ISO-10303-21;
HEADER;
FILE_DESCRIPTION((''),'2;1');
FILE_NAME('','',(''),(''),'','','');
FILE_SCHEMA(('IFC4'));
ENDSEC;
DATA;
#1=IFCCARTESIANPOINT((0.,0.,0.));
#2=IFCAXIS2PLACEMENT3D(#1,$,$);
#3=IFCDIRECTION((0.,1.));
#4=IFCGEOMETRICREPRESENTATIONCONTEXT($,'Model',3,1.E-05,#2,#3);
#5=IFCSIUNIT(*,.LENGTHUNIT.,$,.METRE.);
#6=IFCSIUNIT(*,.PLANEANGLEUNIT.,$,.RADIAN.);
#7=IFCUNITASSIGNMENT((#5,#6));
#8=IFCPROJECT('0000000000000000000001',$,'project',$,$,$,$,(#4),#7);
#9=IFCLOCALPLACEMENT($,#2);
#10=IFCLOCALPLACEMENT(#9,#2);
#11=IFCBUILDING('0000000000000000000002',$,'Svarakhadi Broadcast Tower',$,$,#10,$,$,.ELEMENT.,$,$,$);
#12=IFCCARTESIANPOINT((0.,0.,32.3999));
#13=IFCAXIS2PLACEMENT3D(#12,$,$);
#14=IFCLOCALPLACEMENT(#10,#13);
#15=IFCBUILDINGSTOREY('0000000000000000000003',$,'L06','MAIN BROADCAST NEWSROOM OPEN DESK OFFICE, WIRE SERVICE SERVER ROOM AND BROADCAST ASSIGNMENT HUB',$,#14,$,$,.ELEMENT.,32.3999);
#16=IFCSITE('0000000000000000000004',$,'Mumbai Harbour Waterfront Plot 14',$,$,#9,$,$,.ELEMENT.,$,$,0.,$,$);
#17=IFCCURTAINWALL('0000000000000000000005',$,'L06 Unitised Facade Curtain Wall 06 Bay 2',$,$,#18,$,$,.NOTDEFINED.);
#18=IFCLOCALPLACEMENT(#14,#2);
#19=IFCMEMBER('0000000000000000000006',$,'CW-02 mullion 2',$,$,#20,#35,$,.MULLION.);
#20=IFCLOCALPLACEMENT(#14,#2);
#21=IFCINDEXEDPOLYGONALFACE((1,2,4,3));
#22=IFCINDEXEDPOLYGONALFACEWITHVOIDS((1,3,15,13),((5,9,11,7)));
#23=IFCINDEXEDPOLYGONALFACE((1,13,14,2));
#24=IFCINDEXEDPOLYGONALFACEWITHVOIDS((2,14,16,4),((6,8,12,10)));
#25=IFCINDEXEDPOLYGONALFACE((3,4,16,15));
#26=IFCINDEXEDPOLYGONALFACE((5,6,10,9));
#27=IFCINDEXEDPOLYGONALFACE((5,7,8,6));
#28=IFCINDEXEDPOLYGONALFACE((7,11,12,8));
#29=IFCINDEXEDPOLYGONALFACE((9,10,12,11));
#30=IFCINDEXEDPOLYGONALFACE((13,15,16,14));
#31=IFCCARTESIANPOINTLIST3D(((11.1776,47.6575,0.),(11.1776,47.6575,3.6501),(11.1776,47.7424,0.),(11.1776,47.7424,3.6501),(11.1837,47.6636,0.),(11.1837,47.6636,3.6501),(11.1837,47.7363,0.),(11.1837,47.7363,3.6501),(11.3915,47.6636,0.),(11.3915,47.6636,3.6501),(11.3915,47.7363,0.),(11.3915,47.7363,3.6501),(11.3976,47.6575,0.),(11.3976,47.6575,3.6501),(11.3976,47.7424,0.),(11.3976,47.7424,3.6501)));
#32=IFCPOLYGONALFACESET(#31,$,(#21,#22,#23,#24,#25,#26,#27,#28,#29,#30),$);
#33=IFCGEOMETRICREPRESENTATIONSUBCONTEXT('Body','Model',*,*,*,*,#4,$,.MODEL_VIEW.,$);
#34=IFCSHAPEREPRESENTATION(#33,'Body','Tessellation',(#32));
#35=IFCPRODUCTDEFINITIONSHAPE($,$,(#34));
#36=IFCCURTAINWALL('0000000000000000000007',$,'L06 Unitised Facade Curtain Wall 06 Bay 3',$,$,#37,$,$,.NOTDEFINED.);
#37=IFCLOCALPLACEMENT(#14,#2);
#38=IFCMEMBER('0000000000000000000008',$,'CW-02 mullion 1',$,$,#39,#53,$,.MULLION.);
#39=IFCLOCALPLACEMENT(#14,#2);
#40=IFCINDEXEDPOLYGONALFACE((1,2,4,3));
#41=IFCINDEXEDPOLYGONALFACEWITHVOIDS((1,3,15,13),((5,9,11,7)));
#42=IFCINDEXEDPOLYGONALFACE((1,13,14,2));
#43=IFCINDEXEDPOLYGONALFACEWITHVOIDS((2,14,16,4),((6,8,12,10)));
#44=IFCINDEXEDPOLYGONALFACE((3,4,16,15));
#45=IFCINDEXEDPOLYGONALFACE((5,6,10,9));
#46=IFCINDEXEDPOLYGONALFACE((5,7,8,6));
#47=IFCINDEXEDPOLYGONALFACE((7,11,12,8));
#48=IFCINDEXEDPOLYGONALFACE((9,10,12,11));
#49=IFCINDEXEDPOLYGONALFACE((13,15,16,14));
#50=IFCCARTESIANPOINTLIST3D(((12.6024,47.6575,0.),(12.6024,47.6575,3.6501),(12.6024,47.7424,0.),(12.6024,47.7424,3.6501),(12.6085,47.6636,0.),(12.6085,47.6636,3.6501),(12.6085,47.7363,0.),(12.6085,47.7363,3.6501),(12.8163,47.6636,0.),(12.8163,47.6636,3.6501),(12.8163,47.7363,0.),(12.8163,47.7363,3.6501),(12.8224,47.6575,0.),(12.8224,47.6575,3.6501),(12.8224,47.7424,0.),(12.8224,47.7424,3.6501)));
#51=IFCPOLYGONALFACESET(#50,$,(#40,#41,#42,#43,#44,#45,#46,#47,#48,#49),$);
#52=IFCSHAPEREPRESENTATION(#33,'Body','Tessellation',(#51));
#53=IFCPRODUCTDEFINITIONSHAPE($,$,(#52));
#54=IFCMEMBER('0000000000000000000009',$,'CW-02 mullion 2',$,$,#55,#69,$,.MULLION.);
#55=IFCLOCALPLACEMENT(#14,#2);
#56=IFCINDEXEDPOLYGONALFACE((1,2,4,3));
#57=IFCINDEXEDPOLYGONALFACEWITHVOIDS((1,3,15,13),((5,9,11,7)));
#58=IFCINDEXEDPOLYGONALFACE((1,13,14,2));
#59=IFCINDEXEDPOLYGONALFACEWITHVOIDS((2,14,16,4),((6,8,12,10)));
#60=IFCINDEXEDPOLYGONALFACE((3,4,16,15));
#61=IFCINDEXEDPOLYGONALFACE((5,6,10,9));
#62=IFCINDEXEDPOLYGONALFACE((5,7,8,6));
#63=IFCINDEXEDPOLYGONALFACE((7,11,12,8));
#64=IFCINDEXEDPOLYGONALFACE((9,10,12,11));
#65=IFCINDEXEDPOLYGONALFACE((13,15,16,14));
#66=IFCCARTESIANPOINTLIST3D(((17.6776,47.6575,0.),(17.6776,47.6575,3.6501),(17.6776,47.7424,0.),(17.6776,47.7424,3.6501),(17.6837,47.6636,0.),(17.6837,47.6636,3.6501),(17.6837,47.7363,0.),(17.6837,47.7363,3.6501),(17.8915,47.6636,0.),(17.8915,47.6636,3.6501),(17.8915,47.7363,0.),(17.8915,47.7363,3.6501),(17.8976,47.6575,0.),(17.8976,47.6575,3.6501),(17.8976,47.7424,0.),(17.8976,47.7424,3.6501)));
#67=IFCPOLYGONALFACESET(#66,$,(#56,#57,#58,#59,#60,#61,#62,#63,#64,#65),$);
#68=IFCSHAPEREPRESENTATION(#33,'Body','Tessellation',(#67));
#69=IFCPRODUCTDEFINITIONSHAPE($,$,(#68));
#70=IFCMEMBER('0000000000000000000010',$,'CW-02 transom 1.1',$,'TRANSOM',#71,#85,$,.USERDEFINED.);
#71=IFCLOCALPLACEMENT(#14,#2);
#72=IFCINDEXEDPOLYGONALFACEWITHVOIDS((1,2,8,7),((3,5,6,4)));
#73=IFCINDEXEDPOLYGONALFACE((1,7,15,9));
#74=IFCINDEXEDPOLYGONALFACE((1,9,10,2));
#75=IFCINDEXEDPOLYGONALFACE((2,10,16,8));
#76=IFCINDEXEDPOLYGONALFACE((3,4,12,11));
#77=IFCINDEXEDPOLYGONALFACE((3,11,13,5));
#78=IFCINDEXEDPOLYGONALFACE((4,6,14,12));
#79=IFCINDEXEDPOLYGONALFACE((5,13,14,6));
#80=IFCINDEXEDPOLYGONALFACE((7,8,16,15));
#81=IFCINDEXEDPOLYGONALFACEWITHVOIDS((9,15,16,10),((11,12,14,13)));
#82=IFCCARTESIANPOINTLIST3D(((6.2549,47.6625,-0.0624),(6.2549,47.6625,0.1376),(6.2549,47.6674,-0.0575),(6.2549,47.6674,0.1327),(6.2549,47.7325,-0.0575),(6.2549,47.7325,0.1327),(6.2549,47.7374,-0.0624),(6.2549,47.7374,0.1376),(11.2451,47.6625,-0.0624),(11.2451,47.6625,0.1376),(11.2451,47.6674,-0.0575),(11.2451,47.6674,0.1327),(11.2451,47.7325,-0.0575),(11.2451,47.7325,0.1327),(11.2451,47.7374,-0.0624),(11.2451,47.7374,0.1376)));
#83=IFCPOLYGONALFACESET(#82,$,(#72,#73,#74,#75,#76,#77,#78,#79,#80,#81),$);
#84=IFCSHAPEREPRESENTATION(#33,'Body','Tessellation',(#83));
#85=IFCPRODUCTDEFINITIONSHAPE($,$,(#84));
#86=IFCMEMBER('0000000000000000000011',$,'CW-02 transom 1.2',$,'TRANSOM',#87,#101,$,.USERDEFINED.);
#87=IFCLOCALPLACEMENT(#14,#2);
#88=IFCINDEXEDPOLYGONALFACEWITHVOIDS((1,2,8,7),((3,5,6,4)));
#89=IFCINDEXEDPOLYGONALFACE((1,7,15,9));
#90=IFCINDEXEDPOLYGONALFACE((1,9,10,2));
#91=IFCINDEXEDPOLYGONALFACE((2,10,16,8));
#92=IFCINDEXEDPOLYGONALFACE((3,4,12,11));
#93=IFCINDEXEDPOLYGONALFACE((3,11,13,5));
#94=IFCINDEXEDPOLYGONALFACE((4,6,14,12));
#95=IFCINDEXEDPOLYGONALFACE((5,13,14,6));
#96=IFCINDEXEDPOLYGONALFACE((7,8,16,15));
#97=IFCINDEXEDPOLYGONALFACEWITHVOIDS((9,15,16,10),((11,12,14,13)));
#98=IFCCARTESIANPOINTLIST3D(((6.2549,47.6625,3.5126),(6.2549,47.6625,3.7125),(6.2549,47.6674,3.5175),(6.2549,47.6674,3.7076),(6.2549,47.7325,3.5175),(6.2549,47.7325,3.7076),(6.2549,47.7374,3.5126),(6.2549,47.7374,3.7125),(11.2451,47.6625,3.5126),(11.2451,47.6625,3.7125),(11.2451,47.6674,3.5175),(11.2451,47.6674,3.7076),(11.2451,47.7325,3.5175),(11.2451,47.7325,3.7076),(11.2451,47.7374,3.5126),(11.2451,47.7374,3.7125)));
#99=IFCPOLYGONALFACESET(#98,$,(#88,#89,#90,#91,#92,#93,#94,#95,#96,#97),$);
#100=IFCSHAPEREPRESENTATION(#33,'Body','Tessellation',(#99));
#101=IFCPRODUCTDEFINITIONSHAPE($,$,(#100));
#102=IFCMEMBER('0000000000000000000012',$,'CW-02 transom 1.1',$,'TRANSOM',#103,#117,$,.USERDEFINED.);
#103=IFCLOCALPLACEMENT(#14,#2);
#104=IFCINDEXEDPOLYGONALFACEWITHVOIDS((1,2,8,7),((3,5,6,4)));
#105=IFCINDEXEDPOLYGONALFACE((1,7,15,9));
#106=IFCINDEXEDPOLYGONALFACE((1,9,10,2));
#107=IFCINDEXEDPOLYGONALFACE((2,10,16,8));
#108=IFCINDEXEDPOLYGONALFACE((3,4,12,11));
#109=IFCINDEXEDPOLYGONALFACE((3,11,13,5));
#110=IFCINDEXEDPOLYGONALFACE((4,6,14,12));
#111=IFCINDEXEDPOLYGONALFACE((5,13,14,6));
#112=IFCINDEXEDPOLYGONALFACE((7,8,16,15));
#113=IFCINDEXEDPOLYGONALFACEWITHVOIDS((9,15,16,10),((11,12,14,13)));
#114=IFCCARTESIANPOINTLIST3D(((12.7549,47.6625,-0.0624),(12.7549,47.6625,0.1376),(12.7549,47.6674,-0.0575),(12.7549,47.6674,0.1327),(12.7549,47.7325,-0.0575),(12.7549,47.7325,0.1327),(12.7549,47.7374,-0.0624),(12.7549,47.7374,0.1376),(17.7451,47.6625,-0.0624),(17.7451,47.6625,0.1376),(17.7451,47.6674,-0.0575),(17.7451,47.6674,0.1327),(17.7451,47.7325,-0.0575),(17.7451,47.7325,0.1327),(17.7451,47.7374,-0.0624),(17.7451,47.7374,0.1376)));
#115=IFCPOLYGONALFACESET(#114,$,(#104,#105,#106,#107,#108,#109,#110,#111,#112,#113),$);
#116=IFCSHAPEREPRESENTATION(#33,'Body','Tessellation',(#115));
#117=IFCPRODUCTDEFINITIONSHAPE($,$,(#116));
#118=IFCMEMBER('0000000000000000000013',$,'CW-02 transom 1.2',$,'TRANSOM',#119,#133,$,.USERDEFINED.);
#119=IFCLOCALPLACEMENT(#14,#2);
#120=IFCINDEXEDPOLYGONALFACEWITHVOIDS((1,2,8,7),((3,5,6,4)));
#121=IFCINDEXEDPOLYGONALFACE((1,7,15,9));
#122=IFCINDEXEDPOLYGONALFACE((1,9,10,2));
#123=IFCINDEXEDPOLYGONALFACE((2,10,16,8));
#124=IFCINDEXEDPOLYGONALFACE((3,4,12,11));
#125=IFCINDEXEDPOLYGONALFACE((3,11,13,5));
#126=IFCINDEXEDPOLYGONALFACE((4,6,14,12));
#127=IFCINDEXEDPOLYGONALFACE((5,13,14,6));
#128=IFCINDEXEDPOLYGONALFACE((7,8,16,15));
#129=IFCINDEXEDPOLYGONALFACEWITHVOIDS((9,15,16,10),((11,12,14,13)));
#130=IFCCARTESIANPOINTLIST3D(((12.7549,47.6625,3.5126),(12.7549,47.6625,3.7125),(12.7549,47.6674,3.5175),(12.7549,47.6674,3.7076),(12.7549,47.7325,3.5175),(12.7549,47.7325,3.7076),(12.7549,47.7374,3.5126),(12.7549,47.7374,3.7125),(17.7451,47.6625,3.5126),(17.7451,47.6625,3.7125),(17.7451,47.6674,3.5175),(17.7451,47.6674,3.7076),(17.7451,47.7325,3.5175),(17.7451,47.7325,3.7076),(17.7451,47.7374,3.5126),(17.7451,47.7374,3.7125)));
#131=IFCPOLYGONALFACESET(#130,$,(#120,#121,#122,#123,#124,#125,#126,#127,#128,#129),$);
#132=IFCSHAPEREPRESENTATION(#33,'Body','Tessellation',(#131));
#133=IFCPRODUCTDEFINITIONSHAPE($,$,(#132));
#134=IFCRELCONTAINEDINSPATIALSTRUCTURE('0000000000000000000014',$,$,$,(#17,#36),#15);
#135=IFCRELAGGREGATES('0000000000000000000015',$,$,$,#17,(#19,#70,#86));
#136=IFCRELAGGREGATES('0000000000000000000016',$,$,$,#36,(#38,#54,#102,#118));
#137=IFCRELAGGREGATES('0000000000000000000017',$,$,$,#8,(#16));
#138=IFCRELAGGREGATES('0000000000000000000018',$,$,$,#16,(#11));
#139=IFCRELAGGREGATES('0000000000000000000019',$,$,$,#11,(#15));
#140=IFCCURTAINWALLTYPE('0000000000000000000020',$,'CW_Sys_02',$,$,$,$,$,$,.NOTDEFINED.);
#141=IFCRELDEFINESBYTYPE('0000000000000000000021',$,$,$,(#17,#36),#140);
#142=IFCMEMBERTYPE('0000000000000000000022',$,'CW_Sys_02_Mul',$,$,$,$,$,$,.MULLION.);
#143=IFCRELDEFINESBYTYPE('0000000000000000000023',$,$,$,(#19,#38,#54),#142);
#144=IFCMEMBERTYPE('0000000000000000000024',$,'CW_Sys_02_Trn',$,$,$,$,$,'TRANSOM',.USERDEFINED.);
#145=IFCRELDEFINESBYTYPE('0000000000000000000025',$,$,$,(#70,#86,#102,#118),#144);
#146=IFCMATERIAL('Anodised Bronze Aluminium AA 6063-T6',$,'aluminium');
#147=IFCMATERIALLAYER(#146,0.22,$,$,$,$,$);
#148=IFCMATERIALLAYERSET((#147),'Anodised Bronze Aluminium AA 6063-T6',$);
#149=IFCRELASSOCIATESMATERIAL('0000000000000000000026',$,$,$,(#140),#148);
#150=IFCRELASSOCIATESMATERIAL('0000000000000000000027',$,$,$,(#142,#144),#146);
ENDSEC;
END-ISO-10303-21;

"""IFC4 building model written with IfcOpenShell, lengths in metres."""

from ifc_helpers import new_model, si_unit, direction, frame, origin, origin_2d, place, context, subcontext, project, spatial, hollow_rectangle, extrude, material, layer, layer_set, material_profile, profile_set, type_object, element, aggregate, save


model = new_model("IFC4")

# Units and contexts
model_context = context("Model", 3, precision=1e-05, world=origin(), true_north=direction((0.0, 1.0)))
body_context = subcontext(model_context, "Body", "Model", "MODEL_VIEW")
ifc_project = project(units=[si_unit("LENGTHUNIT", "METRE"), si_unit("PLANEANGLEUNIT", "RADIAN")], contexts=[model_context])

# Site, building, storey
site_placement = place(None, origin())
site = spatial("IfcSite", under=ifc_project, at=site_placement, Name="Mumbai Harbour Waterfront Plot 14", CompositionType="ELEMENT", RefElevation=0.0)
building_placement = place(site_placement, origin())
building = spatial("IfcBuilding", under=site, at=building_placement, Name="Svarakhadi Broadcast Tower", CompositionType="ELEMENT")
storey_placement = place(building_placement, frame((0.0, 0.0, 32.3999)))
storey = spatial("IfcBuildingStorey", under=building, at=storey_placement, Name="L06", Description="MAIN BROADCAST NEWSROOM OPEN DESK OFFICE, WIRE SERVICE SERVER ROOM AND BROADCAST ASSIGNMENT HUB", CompositionType="ELEMENT", Elevation=32.3999)

# Curtain walls, members
ifc_material_1 = material(Name="Anodised Bronze Aluminium AA 6063-T6", Category="aluminium")
ifc_layer_1 = layer(ifc_material_1, 0.22)
ifc_layer_set_1 = layer_set([ifc_layer_1], Name="Anodised Bronze Aluminium AA 6063-T6")
curtain_wall_type = type_object("IfcCurtainWallType", Name="CW_Sys_02", PredefinedType="NOTDEFINED", material=ifc_layer_set_1)
curtain_wall_1_placement = place(storey_placement, origin())
curtain_wall_1 = element("IfcCurtainWall", 1, at=curtain_wall_1_placement, inside=storey, type_object=curtain_wall_type, Name="L06 Unitised Facade Curtain Wall 06 Bay 2", PredefinedType="NOTDEFINED")
ifc_material_profile_1 = material_profile(ifc_material_1, hollow_rectangle(XDim=0.085, YDim=0.22, WallThickness=0.0061, at=origin_2d()), Name="ALU MULLION 220x85x6")
ifc_profile_set_1 = profile_set([ifc_material_profile_1], Name="Anodised Bronze Aluminium AA 6063-T6")
member_type_1 = type_object("IfcMemberType", Name="CW_Sys_02_Mul", PredefinedType="MULLION", material=ifc_profile_set_1)
member_1_placement = place(storey_placement, frame((11.2876, 47.7, 0.0), z_axis=(0.0, 0.0, 1.0), x_axis=(0.0, 1.0, 0.0)))
member_1 = element("IfcMember", 2, at=member_1_placement, type_object=member_type_1, Name="CW-02 mullion 2", PredefinedType="MULLION", context=body_context, shape_type="SweptSolid", body=[
    extrude(hollow_rectangle(XDim=0.085, YDim=0.22, WallThickness=0.0061, at=origin_2d()), origin(), (0.0, 0.0, 1.0), 3.6501),
])
curtain_wall_2_placement = place(storey_placement, origin())
curtain_wall_2 = element("IfcCurtainWall", 3, at=curtain_wall_2_placement, inside=storey, type_object=curtain_wall_type, Name="L06 Unitised Facade Curtain Wall 06 Bay 3", PredefinedType="NOTDEFINED")
member_2_placement = place(storey_placement, frame((12.7124, 47.7, 0.0), z_axis=(0.0, 0.0, 1.0), x_axis=(0.0, 1.0, 0.0)))
member_2 = element("IfcMember", 4, at=member_2_placement, type_object=member_type_1, Name="CW-02 mullion 1", PredefinedType="MULLION", context=body_context, shape_type="SweptSolid", body=[
    extrude(hollow_rectangle(XDim=0.085, YDim=0.22, WallThickness=0.0061, at=origin_2d()), origin(), (0.0, 0.0, 1.0), 3.6501),
])
member_3_placement = place(storey_placement, frame((17.7876, 47.7, 0.0), z_axis=(0.0, 0.0, 1.0), x_axis=(0.0, 1.0, 0.0)))
member_3 = element("IfcMember", 5, at=member_3_placement, type_object=member_type_1, Name="CW-02 mullion 2", PredefinedType="MULLION", context=body_context, shape_type="SweptSolid", body=[
    extrude(hollow_rectangle(XDim=0.085, YDim=0.22, WallThickness=0.0061, at=origin_2d()), origin(), (0.0, 0.0, 1.0), 3.6501),
])

# Members
ifc_material_profile_2 = material_profile(ifc_material_1, hollow_rectangle(XDim=0.075, YDim=0.2, WallThickness=0.0049, at=origin_2d()), Name="ALU TRANSOM 200x75x5")
ifc_profile_set_2 = profile_set([ifc_material_profile_2], Name="Anodised Bronze Aluminium AA 6063-T6")
member_type_2 = type_object("IfcMemberType", Name="CW_Sys_02_Trn", ElementType="TRANSOM", PredefinedType="USERDEFINED", material=ifc_profile_set_2)
member_4_placement = place(storey_placement, frame((6.2549, 47.7, 0.0376), z_axis=(1.0, 0.0, 0.0), x_axis=(0.0, 1.0, 0.0)))
member_4 = element("IfcMember", 6, at=member_4_placement, type_object=member_type_2, Name="CW-02 transom 1.1", ObjectType="TRANSOM", PredefinedType="USERDEFINED", context=body_context, shape_type="SweptSolid", body=[
    extrude(hollow_rectangle(XDim=0.075, YDim=0.2, WallThickness=0.0049, at=origin_2d()), origin(), (0.0, 0.0, 1.0), 4.9902),
])
member_5_placement = place(storey_placement, frame((6.2549, 47.7, 3.6125), z_axis=(1.0, 0.0, 0.0), x_axis=(0.0, 1.0, 0.0)))
member_5 = element("IfcMember", 7, at=member_5_placement, type_object=member_type_2, Name="CW-02 transom 1.2", ObjectType="TRANSOM", PredefinedType="USERDEFINED", context=body_context, shape_type="SweptSolid", body=[
    extrude(hollow_rectangle(XDim=0.075, YDim=0.2, WallThickness=0.0049, at=origin_2d()), origin(), (0.0, 0.0, 1.0), 4.9902),
])
member_6_placement = place(storey_placement, frame((12.7549, 47.7, 0.0376), z_axis=(1.0, 0.0, 0.0), x_axis=(0.0, 1.0, 0.0)))
member_6 = element("IfcMember", 8, at=member_6_placement, type_object=member_type_2, Name="CW-02 transom 1.1", ObjectType="TRANSOM", PredefinedType="USERDEFINED", context=body_context, shape_type="SweptSolid", body=[
    extrude(hollow_rectangle(XDim=0.075, YDim=0.2, WallThickness=0.0049, at=origin_2d()), origin(), (0.0, 0.0, 1.0), 4.9902),
])
member_7_placement = place(storey_placement, frame((12.7549, 47.7, 3.6125), z_axis=(1.0, 0.0, 0.0), x_axis=(0.0, 1.0, 0.0)))
member_7 = element("IfcMember", 9, at=member_7_placement, type_object=member_type_2, Name="CW-02 transom 1.2", ObjectType="TRANSOM", PredefinedType="USERDEFINED", context=body_context, shape_type="SweptSolid", body=[
    extrude(hollow_rectangle(XDim=0.075, YDim=0.2, WallThickness=0.0049, at=origin_2d()), origin(), (0.0, 0.0, 1.0), 4.9902),
])

aggregate(curtain_wall_1, [member_1, member_4, member_5])
aggregate(curtain_wall_2, [member_2, member_3, member_6, member_7])

save(model, "model.ifc")
